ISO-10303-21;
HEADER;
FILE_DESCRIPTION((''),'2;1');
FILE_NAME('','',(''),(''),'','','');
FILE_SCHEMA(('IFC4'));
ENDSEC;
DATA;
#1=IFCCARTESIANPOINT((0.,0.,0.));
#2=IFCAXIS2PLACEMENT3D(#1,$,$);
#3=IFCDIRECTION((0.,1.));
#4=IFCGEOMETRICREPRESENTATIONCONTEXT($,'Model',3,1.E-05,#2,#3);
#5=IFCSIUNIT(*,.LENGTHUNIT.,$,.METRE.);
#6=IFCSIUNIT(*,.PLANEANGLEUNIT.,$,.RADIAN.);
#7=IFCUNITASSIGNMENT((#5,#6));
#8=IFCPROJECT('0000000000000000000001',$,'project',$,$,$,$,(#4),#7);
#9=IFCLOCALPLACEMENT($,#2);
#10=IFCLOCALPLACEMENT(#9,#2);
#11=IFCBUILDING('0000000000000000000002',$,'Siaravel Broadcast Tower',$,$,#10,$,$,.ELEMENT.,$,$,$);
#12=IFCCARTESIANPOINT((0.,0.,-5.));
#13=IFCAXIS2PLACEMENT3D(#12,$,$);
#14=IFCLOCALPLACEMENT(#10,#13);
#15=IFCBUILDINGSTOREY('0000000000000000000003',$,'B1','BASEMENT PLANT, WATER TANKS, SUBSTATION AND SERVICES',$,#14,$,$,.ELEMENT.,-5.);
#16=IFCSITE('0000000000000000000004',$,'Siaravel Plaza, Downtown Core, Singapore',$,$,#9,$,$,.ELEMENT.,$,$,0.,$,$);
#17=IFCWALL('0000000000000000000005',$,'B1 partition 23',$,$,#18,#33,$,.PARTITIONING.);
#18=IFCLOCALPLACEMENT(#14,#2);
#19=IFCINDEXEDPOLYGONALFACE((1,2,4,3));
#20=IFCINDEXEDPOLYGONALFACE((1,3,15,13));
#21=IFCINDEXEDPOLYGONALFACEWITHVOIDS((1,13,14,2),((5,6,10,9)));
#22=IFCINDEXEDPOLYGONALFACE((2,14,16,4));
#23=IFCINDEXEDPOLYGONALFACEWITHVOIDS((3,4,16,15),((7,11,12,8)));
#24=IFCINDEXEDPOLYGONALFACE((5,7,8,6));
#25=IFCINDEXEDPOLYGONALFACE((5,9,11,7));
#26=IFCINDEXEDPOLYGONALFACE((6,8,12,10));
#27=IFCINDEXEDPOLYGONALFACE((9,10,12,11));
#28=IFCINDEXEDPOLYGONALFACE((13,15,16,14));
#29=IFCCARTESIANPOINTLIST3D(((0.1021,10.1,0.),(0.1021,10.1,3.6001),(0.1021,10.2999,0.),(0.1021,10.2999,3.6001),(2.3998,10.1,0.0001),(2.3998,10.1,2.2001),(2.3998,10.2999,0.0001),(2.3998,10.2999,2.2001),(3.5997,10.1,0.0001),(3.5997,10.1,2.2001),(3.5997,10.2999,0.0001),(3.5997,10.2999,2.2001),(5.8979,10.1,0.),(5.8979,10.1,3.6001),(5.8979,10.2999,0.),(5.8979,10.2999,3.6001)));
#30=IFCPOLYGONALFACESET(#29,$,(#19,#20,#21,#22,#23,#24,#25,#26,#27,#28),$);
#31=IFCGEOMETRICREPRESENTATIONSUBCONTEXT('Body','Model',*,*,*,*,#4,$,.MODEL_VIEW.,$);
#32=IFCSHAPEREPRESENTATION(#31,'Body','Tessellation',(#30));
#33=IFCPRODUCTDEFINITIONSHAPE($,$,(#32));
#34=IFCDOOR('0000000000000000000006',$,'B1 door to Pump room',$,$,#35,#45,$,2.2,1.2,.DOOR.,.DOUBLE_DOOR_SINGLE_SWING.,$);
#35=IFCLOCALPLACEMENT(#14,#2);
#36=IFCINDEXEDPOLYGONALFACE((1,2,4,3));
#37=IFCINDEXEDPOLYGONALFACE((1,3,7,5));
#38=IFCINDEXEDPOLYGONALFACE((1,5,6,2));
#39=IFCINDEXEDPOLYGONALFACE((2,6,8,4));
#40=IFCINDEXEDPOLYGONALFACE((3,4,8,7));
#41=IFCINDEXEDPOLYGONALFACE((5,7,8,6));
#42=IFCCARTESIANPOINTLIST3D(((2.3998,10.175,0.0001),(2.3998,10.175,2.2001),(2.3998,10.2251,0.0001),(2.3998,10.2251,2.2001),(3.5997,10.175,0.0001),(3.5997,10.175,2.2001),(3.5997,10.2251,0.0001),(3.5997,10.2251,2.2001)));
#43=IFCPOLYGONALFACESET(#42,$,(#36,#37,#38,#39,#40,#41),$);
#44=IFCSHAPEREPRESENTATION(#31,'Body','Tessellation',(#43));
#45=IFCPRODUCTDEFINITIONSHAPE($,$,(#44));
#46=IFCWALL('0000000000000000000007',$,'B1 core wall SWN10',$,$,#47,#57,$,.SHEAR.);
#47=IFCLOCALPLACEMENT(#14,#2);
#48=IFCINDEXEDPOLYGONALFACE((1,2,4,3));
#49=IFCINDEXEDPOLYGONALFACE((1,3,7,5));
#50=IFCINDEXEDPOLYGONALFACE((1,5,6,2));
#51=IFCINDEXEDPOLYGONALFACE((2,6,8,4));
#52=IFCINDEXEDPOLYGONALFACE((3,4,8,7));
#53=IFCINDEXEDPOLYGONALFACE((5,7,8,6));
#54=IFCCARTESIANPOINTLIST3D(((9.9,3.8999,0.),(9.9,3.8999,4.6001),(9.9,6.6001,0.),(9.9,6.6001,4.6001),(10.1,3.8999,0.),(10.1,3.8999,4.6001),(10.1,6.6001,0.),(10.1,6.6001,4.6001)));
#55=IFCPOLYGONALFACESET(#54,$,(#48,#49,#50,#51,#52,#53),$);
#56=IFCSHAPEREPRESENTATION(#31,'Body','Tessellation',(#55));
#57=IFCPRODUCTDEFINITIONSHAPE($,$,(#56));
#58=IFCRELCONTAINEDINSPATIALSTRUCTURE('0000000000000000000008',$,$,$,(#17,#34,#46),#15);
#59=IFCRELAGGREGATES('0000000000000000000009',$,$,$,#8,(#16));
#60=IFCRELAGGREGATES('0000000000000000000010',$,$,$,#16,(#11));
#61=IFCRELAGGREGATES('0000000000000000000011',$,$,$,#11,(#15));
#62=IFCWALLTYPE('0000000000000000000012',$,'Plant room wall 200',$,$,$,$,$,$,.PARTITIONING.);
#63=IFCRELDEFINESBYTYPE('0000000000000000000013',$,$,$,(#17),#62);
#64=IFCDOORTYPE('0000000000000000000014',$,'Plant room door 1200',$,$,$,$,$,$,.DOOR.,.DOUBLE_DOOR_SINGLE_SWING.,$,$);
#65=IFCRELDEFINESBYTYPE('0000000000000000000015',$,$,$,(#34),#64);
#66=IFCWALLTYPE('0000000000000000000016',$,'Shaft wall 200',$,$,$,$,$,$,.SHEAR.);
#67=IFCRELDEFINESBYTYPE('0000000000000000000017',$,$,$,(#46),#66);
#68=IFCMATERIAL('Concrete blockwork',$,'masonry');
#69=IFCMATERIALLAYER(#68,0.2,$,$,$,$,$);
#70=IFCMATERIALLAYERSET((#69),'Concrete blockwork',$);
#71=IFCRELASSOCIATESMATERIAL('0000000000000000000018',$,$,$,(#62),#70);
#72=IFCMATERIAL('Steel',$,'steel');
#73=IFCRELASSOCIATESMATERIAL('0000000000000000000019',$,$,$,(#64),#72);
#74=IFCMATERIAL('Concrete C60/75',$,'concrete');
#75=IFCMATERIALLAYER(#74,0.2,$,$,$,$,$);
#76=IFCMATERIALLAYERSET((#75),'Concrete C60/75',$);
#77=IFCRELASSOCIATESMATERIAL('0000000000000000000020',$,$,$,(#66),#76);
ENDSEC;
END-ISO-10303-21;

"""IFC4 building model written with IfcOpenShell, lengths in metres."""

from ifc_helpers import new_model, si_unit, direction, frame, frame_2d, origin, place, context, subcontext, project, spatial, rectangle, extrude, material, layer, layer_set, type_object, element, fill, save


model = new_model("IFC4")

# Units and contexts
model_context = context("Model", 3, precision=1e-05, world=origin(), true_north=direction((0.0, 1.0)))
body_context = subcontext(model_context, "Body", "Model", "MODEL_VIEW")
ifc_project = project(units=[si_unit("LENGTHUNIT", "METRE"), si_unit("PLANEANGLEUNIT", "RADIAN")], contexts=[model_context])

# Site, building, storey
site_placement = place(None, origin())
site = spatial("IfcSite", under=ifc_project, at=site_placement, Name="Siaravel Plaza, Downtown Core, Singapore", CompositionType="ELEMENT", RefElevation=0.0)
building_placement = place(site_placement, origin())
building = spatial("IfcBuilding", under=site, at=building_placement, Name="Siaravel Broadcast Tower", CompositionType="ELEMENT")
storey_placement = place(building_placement, frame((0.0, 0.0, -5.0)))
storey = spatial("IfcBuildingStorey", under=building, at=storey_placement, Name="B1", Description="BASEMENT PLANT, WATER TANKS, SUBSTATION AND SERVICES", CompositionType="ELEMENT", Elevation=-5.0)

# Shared definitions
ifc_material_1 = material(Name="Concrete blockwork", Category="masonry")
ifc_layer_1 = layer(ifc_material_1, 0.2)
ifc_layer_set_1 = layer_set([ifc_layer_1], Name="Concrete blockwork")
wall_type_1 = type_object("IfcWallType", Name="Plant room wall 200", PredefinedType="PARTITIONING", material=ifc_layer_set_1)

# Wall, opening, door
wall_1_placement = place(storey_placement, frame((5.8979, 10.2, 0.0), z_axis=(0.0, 0.0, 1.0), x_axis=(-1.0, 0.0, 0.0)))
wall_1 = element("IfcWall", 1, at=wall_1_placement, inside=storey, type_object=wall_type_1, Name="B1 partition 23", PredefinedType="PARTITIONING", context=body_context, shape_type="SweptSolid", body=[
    extrude(rectangle(XDim=5.7959, YDim=0.2, at=frame_2d((2.8979, 0.0))), origin(), (0.0, 0.0, 1.0), 3.6001),
])
opening_placement = place(wall_1_placement, frame((2.2981, 0.0, 0.0)))
opening = element("IfcOpeningElement", 2, at=opening_placement, cuts=wall_1, PredefinedType="OPENING", context=body_context, shape_type="SweptSolid", body=[
    extrude(rectangle(XDim=1.2, YDim=2.2, at=frame_2d((0.6001, 1.1001))), frame((0.0, 0.1099, 0.0), z_axis=(0.0, -1.0, 0.0), x_axis=(1.0, 0.0, 0.0)), (0.0, 0.0, 1.0), 0.22),
])
ifc_material_2 = material(Name="Steel", Category="steel")
door_type = type_object("IfcDoorType", Name="Plant room door 1200", OperationType="DOUBLE_DOOR_SINGLE_SWING", PredefinedType="DOOR", material=ifc_material_2)
door_placement = place(opening_placement, origin())
door = element("IfcDoor", 3, at=door_placement, inside=storey, type_object=door_type, Name="B1 door to Pump room", OperationType="DOUBLE_DOOR_SINGLE_SWING", OverallHeight=2.2, OverallWidth=1.2, PredefinedType="DOOR", context=body_context, shape_type="SweptSolid", body=[
    extrude(rectangle(XDim=1.2, YDim=2.2, at=frame_2d((0.6001, 1.1001))), frame((0.0, 0.0249, 0.0), z_axis=(0.0, -1.0, 0.0), x_axis=(1.0, 0.0, 0.0)), (0.0, 0.0, 1.0), 0.05),
])
fill(opening, door)

# Wall
ifc_material_3 = material(Name="Concrete C60/75", Category="concrete")
ifc_layer_2 = layer(ifc_material_3, 0.2)
ifc_layer_set_2 = layer_set([ifc_layer_2], Name="Concrete C60/75")
wall_type_2 = type_object("IfcWallType", Name="Shaft wall 200", PredefinedType="SHEAR", material=ifc_layer_set_2)
wall_2_placement = place(storey_placement, frame((10.0, 3.8999, 0.0), z_axis=(0.0, 0.0, 1.0), x_axis=(0.0, 1.0, 0.0)))
element("IfcWall", 4, at=wall_2_placement, inside=storey, type_object=wall_type_2, Name="B1 core wall SWN10", PredefinedType="SHEAR", context=body_context, shape_type="SweptSolid", body=[
    extrude(rectangle(XDim=2.7002, YDim=0.2, at=frame_2d((1.3501, 0.0))), origin(), (0.0, 0.0, 1.0), 4.6001),
])

save(model, "model.ifc")
